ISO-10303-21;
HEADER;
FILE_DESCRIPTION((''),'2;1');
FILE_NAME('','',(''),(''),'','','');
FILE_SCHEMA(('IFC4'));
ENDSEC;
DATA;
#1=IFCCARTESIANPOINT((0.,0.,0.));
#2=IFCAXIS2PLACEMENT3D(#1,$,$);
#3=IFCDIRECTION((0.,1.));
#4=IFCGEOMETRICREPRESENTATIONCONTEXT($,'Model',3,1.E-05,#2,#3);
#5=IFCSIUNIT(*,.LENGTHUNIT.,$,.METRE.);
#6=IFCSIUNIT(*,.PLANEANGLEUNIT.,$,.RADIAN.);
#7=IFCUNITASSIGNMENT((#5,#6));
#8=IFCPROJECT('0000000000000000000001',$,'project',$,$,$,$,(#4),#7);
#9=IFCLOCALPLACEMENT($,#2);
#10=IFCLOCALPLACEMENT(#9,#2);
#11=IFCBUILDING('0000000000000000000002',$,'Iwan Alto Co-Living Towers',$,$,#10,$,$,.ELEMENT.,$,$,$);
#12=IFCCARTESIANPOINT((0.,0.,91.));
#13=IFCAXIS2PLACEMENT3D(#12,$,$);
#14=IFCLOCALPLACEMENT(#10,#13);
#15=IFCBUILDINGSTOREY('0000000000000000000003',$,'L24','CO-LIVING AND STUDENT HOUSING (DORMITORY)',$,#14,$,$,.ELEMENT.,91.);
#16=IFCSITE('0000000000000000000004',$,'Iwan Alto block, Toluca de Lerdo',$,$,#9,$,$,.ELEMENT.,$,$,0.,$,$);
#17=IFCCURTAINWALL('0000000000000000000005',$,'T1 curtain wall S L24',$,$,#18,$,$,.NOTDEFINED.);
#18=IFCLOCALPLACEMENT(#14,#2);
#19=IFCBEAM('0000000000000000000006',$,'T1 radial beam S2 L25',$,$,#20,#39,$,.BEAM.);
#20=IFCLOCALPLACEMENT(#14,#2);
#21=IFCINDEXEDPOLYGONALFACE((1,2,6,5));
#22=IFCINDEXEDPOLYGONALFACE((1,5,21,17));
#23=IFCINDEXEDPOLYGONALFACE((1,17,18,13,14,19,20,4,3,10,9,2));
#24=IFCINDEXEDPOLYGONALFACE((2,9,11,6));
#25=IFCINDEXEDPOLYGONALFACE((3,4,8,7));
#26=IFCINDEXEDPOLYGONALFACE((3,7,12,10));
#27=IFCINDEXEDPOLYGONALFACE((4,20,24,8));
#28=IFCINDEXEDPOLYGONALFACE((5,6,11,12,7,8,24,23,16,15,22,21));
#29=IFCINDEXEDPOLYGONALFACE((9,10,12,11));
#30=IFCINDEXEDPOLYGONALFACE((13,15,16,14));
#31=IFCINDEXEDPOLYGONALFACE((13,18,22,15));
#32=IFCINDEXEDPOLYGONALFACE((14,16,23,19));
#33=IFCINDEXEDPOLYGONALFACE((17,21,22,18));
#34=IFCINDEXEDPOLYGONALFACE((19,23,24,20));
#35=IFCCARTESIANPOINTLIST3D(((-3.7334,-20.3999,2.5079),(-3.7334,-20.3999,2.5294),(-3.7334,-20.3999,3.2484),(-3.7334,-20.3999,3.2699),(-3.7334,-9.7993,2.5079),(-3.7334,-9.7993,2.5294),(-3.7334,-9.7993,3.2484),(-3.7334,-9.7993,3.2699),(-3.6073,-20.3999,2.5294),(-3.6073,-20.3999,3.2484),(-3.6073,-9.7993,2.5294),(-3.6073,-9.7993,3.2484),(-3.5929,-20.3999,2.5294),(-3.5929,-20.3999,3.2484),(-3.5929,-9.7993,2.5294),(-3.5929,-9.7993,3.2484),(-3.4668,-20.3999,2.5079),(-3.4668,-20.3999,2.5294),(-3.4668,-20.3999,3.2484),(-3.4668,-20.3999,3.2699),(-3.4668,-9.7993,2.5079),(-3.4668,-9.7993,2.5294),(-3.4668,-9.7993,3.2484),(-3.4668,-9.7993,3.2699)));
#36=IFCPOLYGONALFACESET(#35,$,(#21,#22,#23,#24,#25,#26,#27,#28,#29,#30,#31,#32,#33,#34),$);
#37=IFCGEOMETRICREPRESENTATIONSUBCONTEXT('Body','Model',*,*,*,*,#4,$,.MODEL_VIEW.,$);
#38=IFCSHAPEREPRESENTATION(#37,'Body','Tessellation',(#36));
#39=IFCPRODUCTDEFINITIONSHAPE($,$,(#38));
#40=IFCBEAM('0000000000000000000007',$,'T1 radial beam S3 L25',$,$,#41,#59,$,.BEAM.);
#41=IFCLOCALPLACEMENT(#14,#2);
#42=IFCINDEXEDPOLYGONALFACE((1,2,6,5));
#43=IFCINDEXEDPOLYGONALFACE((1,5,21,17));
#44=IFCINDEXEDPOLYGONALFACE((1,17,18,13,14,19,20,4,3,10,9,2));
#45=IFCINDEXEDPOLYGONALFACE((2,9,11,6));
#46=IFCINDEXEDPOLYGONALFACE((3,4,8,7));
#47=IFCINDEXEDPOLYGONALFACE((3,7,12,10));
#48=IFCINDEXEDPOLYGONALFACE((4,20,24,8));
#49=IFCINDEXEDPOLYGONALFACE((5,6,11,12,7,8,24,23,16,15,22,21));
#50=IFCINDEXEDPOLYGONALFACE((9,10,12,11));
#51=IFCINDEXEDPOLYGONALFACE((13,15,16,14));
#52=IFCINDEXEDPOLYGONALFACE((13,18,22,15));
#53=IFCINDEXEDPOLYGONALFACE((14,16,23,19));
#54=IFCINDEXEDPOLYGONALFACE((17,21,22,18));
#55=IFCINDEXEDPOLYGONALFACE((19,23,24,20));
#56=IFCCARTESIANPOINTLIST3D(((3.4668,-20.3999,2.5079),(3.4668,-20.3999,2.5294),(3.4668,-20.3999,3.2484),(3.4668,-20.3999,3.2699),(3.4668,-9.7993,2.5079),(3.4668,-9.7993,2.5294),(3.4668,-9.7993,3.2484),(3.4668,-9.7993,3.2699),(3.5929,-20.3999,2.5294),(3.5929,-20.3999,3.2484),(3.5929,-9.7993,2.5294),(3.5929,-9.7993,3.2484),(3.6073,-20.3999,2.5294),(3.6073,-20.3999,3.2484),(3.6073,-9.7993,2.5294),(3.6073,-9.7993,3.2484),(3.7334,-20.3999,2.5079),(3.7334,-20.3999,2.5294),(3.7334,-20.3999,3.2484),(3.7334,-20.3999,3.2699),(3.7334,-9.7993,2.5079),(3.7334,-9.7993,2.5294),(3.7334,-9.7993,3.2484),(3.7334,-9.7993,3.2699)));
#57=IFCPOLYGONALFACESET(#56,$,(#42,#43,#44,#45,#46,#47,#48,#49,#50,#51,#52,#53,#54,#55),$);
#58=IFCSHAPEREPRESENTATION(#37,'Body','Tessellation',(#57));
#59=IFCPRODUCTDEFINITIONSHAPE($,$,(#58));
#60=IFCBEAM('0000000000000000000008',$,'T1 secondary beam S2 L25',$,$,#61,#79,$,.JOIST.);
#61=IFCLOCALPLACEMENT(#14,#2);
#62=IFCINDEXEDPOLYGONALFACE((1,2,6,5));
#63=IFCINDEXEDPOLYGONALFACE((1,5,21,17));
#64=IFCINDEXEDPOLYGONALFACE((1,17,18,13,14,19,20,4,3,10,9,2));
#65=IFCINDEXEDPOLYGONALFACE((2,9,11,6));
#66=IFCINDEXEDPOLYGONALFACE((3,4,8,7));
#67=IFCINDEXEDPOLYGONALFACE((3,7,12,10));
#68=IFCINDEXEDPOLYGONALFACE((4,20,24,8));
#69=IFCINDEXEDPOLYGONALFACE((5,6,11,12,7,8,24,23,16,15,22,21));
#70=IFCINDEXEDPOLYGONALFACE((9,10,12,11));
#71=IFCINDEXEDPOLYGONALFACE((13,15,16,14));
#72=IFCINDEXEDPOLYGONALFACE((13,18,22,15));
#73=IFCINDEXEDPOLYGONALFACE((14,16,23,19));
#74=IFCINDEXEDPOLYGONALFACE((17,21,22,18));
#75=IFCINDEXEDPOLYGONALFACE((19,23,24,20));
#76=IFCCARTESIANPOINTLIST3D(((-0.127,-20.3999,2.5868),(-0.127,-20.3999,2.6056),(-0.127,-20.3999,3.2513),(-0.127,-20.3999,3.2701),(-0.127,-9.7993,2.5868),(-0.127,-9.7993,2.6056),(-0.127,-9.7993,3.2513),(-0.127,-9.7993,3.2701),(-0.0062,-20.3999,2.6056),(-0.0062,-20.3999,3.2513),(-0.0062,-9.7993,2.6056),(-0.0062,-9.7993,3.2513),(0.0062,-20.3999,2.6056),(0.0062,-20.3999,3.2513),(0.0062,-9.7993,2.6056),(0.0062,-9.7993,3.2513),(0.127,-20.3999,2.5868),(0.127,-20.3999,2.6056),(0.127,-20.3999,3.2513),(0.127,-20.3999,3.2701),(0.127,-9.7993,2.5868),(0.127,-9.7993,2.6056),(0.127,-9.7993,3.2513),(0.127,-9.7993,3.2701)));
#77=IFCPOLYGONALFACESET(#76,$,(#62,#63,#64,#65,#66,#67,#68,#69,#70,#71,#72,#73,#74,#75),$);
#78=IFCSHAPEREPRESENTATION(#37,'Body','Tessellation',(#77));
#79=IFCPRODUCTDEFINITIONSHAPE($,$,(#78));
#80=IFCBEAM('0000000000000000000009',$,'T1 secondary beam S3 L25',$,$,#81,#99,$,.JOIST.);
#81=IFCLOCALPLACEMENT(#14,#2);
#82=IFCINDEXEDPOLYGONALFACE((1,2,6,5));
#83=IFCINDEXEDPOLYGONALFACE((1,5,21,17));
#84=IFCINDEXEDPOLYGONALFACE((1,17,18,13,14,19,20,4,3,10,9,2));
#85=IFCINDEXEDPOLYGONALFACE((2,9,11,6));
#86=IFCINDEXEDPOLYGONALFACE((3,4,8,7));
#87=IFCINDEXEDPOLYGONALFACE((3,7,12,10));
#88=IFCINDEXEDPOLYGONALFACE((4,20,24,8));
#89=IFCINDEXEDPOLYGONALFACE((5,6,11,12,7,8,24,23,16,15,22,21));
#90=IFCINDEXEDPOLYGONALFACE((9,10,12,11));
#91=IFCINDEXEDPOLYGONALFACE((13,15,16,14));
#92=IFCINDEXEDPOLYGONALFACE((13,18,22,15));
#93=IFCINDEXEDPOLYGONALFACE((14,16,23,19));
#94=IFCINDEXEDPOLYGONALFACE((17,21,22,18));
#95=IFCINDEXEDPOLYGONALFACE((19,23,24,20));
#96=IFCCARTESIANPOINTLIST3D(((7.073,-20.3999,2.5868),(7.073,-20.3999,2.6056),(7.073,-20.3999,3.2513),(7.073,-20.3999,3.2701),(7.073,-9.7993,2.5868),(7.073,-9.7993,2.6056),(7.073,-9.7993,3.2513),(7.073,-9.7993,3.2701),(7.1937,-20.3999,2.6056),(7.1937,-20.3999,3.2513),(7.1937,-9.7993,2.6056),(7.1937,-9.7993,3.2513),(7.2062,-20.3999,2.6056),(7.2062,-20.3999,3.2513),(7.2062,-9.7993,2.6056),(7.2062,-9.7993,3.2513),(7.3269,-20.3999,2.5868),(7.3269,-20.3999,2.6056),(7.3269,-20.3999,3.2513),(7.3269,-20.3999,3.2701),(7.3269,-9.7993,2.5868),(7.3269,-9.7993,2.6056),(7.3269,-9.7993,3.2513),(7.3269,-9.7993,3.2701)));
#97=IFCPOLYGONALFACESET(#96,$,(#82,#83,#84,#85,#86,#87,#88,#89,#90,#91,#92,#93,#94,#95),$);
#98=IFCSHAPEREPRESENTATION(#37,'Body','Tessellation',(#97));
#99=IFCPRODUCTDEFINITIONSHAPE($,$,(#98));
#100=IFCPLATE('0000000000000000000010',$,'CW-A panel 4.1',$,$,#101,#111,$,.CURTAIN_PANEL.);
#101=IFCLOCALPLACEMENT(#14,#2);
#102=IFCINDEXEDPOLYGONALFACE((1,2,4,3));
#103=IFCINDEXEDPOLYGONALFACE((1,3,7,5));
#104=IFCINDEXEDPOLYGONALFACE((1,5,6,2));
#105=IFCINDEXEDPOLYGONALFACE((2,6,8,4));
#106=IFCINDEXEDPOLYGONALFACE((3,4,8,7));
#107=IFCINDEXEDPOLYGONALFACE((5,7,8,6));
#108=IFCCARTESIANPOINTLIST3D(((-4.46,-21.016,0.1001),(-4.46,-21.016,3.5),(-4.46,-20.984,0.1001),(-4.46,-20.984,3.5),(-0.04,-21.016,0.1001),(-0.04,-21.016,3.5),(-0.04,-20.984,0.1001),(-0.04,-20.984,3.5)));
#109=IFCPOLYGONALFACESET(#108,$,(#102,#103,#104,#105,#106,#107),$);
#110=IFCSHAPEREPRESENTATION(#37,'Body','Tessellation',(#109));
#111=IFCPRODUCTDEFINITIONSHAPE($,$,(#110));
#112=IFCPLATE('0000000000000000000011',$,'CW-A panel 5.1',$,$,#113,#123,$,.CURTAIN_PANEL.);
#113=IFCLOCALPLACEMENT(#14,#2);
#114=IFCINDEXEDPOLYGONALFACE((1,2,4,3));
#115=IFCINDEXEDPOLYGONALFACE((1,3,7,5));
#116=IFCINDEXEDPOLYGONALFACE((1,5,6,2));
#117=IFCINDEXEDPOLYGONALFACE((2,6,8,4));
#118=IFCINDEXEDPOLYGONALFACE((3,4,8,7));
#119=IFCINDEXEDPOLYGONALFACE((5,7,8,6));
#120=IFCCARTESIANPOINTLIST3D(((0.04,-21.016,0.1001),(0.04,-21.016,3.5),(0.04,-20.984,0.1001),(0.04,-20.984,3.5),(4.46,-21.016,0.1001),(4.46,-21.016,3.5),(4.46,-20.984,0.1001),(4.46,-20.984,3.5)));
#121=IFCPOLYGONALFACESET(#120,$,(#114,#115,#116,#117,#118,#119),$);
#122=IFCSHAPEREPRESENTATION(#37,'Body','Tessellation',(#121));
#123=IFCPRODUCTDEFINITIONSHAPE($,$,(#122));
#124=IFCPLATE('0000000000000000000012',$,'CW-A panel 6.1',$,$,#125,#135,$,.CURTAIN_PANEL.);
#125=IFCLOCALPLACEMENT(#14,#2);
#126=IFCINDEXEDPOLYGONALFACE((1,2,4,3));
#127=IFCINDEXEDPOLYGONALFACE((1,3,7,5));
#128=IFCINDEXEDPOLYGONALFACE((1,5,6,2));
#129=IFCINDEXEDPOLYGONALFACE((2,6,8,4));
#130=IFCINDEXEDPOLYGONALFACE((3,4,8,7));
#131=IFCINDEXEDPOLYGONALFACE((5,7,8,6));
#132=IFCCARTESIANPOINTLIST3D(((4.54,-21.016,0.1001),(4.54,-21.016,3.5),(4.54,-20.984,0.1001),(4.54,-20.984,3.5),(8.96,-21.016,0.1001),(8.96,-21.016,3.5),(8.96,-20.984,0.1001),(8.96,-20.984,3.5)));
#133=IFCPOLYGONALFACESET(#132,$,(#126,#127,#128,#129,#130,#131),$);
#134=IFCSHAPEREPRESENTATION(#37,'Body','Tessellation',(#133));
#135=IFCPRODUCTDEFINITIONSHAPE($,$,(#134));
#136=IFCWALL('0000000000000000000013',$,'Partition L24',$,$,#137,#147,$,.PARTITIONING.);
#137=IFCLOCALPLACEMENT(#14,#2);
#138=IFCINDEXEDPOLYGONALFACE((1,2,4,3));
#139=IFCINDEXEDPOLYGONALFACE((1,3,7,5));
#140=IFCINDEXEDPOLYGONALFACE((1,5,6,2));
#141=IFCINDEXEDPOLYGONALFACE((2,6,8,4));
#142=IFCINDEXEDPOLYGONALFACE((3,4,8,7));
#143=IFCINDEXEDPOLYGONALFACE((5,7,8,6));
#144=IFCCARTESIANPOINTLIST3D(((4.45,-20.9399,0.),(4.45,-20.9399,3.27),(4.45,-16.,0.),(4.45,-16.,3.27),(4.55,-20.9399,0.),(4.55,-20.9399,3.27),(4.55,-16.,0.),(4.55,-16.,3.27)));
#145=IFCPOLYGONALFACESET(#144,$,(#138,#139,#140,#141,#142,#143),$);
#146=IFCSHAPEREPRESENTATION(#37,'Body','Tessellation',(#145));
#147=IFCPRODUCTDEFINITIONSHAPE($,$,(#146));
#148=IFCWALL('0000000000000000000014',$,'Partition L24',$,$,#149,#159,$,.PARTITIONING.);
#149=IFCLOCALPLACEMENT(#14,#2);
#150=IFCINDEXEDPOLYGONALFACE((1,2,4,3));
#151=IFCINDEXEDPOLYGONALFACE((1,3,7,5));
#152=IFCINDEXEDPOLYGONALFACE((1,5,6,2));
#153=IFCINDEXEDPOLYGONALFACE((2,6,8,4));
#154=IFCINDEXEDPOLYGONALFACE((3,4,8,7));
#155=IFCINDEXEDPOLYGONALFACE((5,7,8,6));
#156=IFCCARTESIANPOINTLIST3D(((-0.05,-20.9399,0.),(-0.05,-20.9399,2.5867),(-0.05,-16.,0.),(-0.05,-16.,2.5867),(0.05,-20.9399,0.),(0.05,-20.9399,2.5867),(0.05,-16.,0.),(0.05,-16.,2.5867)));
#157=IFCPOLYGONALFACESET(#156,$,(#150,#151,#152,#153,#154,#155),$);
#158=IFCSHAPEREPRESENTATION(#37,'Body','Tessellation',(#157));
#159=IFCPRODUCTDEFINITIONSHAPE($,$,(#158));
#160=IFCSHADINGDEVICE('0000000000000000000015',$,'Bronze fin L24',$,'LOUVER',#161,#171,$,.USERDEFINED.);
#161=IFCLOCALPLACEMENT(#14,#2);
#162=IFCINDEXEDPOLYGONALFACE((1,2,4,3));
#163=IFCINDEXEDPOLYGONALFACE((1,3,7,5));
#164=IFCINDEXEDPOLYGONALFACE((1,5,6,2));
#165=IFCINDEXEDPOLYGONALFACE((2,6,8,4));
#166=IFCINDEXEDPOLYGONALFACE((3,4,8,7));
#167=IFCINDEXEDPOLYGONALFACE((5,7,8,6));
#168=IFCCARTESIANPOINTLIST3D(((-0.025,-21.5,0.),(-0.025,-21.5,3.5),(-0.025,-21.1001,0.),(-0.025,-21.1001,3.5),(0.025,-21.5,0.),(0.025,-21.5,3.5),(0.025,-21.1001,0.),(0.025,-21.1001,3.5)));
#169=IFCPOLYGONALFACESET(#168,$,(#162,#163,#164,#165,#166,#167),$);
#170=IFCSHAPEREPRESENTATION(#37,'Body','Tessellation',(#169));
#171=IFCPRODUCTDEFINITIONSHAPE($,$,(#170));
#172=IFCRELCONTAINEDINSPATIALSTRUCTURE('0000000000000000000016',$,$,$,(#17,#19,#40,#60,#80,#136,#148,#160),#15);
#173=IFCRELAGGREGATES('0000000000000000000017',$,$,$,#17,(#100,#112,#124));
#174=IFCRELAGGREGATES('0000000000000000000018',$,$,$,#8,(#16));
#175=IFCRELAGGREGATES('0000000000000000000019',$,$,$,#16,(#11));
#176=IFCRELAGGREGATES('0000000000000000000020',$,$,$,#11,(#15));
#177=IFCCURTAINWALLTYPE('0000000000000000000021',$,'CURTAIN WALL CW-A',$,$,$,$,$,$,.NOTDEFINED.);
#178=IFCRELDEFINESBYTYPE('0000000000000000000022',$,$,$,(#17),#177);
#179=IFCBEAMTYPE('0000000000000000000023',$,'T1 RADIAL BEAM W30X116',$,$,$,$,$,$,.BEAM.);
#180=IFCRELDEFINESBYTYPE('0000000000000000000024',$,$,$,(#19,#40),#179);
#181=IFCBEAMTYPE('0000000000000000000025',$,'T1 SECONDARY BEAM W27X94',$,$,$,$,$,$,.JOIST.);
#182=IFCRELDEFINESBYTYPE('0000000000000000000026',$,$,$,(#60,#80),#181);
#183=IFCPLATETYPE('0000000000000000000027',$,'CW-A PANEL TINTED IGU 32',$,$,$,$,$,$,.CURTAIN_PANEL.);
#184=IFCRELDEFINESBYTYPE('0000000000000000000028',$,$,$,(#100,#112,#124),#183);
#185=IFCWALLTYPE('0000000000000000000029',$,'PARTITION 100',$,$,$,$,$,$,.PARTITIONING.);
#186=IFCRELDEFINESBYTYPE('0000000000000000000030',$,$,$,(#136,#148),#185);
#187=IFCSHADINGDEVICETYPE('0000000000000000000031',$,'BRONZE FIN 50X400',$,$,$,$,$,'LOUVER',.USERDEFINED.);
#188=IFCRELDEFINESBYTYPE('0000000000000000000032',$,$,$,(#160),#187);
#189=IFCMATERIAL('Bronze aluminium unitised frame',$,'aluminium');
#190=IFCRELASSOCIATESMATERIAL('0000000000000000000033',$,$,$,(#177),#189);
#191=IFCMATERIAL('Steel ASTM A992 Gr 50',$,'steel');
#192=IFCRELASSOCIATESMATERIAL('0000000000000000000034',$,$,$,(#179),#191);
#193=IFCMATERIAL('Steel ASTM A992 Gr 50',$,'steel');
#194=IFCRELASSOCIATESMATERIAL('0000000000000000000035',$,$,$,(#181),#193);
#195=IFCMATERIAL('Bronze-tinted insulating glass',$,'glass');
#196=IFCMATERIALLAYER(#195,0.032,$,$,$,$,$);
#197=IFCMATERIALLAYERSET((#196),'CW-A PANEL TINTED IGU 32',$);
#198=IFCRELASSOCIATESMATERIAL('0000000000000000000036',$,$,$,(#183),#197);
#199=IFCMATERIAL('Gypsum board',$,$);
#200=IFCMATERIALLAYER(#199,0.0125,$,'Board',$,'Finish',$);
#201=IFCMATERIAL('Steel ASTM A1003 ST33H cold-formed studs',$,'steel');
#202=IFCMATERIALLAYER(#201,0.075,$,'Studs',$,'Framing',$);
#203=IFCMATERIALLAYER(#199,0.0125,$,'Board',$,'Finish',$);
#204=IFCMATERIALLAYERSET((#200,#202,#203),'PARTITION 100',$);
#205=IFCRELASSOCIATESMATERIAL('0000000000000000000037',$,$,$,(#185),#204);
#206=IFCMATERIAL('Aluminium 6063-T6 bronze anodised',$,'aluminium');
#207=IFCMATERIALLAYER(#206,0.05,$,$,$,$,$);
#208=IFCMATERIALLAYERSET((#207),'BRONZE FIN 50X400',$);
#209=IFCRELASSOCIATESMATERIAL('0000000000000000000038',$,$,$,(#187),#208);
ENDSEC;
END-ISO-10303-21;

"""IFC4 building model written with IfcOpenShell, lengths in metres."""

from ifc_helpers import new_model, si_unit, direction, frame, frame_2d, origin, origin_2d, place, context, subcontext, project, spatial, rectangle, i_section, extrude, material, layer, layer_set, material_profile, profile_set, type_object, element, aggregate, save


model = new_model("IFC4")

# Units and contexts
model_context = context("Model", 3, precision=1e-05, world=origin(), true_north=direction((0.0, 1.0)))
body_context = subcontext(model_context, "Body", "Model", "MODEL_VIEW")
ifc_project = project(units=[si_unit("LENGTHUNIT", "METRE"), si_unit("PLANEANGLEUNIT", "RADIAN")], contexts=[model_context])

# Site, building, storey
site_placement = place(None, origin())
site = spatial("IfcSite", under=ifc_project, at=site_placement, Name="Iwan Alto block, Toluca de Lerdo", CompositionType="ELEMENT", RefElevation=0.0)
building_placement = place(site_placement, origin())
building = spatial("IfcBuilding", under=site, at=building_placement, Name="Iwan Alto Co-Living Towers", CompositionType="ELEMENT")
storey_placement = place(building_placement, frame((0.0, 0.0, 91.0)))
storey = spatial("IfcBuildingStorey", under=building, at=storey_placement, Name="L24", Description="CO-LIVING AND STUDENT HOUSING (DORMITORY)", CompositionType="ELEMENT", Elevation=91.0)

# Curtain wall
ifc_material_1 = material(Name="Bronze aluminium unitised frame", Category="aluminium")
curtain_wall_type = type_object("IfcCurtainWallType", Name="CURTAIN WALL CW-A", PredefinedType="NOTDEFINED", material=ifc_material_1)
curtain_wall_placement = place(storey_placement, origin())
curtain_wall = element("IfcCurtainWall", 1, at=curtain_wall_placement, inside=storey, type_object=curtain_wall_type, Name="T1 curtain wall S L24", PredefinedType="NOTDEFINED")

# Beams
ifc_material_2 = material(Name="Steel ASTM A992 Gr 50", Category="steel")
ifc_material_profile_1 = material_profile(ifc_material_2, i_section(OverallWidth=0.2666, OverallDepth=0.762, WebThickness=0.0144, FlangeThickness=0.0215, at=origin_2d()), Name="W30X116")
ifc_profile_set_1 = profile_set([ifc_material_profile_1], Name="Steel ASTM A992 Gr 50")
beam_type_1 = type_object("IfcBeamType", Name="T1 RADIAL BEAM W30X116", PredefinedType="BEAM", material=ifc_profile_set_1)
for number, where, z_axis, x_axis, name in (
    (2, (-3.6001, -20.3999, 2.8889), (0.0, 1.0, 0.0), (-1.0, 0.0, 0.0), "T1 radial beam S2 L25"),
    (3, (3.6001, -20.3999, 2.8889), (0.0, 1.0, 0.0), (-1.0, 0.0, 0.0), "T1 radial beam S3 L25"),
):
    element("IfcBeam", number, at=place(storey_placement, frame(where, z_axis=z_axis, x_axis=x_axis)), inside=storey, type_object=beam_type_1, Name=name, PredefinedType="BEAM", context=body_context, shape_type="SweptSolid", body=[
        extrude(i_section(OverallWidth=0.2666, OverallDepth=0.762, WebThickness=0.0144, FlangeThickness=0.0215, at=origin_2d()), origin(), (0.0, 0.0, 1.0), 10.6006),
    ])
ifc_material_3 = material(Name="Steel ASTM A992 Gr 50", Category="steel")
ifc_material_profile_2 = material_profile(ifc_material_3, i_section(OverallWidth=0.2539, OverallDepth=0.6833, WebThickness=0.0125, FlangeThickness=0.0188, at=origin_2d()), Name="W27X94")
ifc_profile_set_2 = profile_set([ifc_material_profile_2], Name="Steel ASTM A992 Gr 50")
beam_type_2 = type_object("IfcBeamType", Name="T1 SECONDARY BEAM W27X94", PredefinedType="JOIST", material=ifc_profile_set_2)
for number, where, z_axis, x_axis, name in (
    (4, (0.0, -20.3999, 2.9285), (0.0, 1.0, 0.0), (-1.0, 0.0, 0.0), "T1 secondary beam S2 L25"),
    (5, (7.2, -20.3999, 2.9285), (0.0, 1.0, 0.0), (-1.0, 0.0, 0.0), "T1 secondary beam S3 L25"),
):
    element("IfcBeam", number, at=place(storey_placement, frame(where, z_axis=z_axis, x_axis=x_axis)), inside=storey, type_object=beam_type_2, Name=name, PredefinedType="JOIST", context=body_context, shape_type="SweptSolid", body=[
        extrude(i_section(OverallWidth=0.2539, OverallDepth=0.6833, WebThickness=0.0125, FlangeThickness=0.0188, at=origin_2d()), origin(), (0.0, 0.0, 1.0), 10.6006),
    ])

# Plates
ifc_material_4 = material(Name="Bronze-tinted insulating glass", Category="glass")
ifc_layer_1 = layer(ifc_material_4, 0.032)
ifc_layer_set_1 = layer_set([ifc_layer_1], Name="CW-A PANEL TINTED IGU 32")
plate_type = type_object("IfcPlateType", Name="CW-A PANEL TINTED IGU 32", PredefinedType="CURTAIN_PANEL", material=ifc_layer_set_1)
plate_1_placement = place(storey_placement, frame((-2.25, -21.0, 0.1001), z_axis=(0.0, 0.0, 1.0), x_axis=(1.0, 0.0, 0.0)))
plate_1 = element("IfcPlate", 6, at=plate_1_placement, type_object=plate_type, Name="CW-A panel 4.1", PredefinedType="CURTAIN_PANEL", context=body_context, shape_type="SweptSolid", body=[
    extrude(rectangle(XDim=4.4199, YDim=0.032, at=origin_2d()), origin(), (0.0, 0.0, 1.0), 3.3999),
])
plate_2_placement = place(storey_placement, frame((2.25, -21.0, 0.1001), z_axis=(0.0, 0.0, 1.0), x_axis=(1.0, 0.0, 0.0)))
plate_2 = element("IfcPlate", 7, at=plate_2_placement, type_object=plate_type, Name="CW-A panel 5.1", PredefinedType="CURTAIN_PANEL", context=body_context, shape_type="SweptSolid", body=[
    extrude(rectangle(XDim=4.4199, YDim=0.032, at=origin_2d()), origin(), (0.0, 0.0, 1.0), 3.3999),
])
plate_3_placement = place(storey_placement, frame((6.75, -21.0, 0.1001), z_axis=(0.0, 0.0, 1.0), x_axis=(1.0, 0.0, 0.0)))
plate_3 = element("IfcPlate", 8, at=plate_3_placement, type_object=plate_type, Name="CW-A panel 6.1", PredefinedType="CURTAIN_PANEL", context=body_context, shape_type="SweptSolid", body=[
    extrude(rectangle(XDim=4.4199, YDim=0.032, at=origin_2d()), origin(), (0.0, 0.0, 1.0), 3.3999),
])
aggregate(curtain_wall, [plate_1, plate_2, plate_3])

# Walls
ifc_material_5 = material(Name="Gypsum board")
ifc_layer_2 = layer(ifc_material_5, 0.0125, Name="Board", Category="Finish")
ifc_material_6 = material(Name="Steel ASTM A1003 ST33H cold-formed studs", Category="steel")
ifc_layer_3 = layer(ifc_material_6, 0.075, Name="Studs", Category="Framing")
ifc_layer_4 = layer(ifc_material_5, 0.0125, Name="Board", Category="Finish")
ifc_layer_set_2 = layer_set([ifc_layer_2, ifc_layer_3, ifc_layer_4], Name="PARTITION 100")
wall_type = type_object("IfcWallType", Name="PARTITION 100", PredefinedType="PARTITIONING", material=ifc_layer_set_2)
wall_1_placement = place(storey_placement, frame((4.5, -20.9399, 0.0), z_axis=(0.0, 0.0, 1.0), x_axis=(0.0, 1.0, 0.0)))
element("IfcWall", 9, at=wall_1_placement, inside=storey, type_object=wall_type, Name="Partition L24", PredefinedType="PARTITIONING", context=body_context, shape_type="SweptSolid", body=[
    extrude(rectangle(XDim=4.9399, YDim=0.1001, at=frame_2d((2.47, 0.0))), origin(), (0.0, 0.0, 1.0), 3.27),
])
wall_2_placement = place(storey_placement, frame((0.0, -20.9399, 0.0), z_axis=(0.0, 0.0, 1.0), x_axis=(0.0, 1.0, 0.0)))
element("IfcWall", 10, at=wall_2_placement, inside=storey, type_object=wall_type, Name="Partition L24", PredefinedType="PARTITIONING", context=body_context, shape_type="SweptSolid", body=[
    extrude(rectangle(XDim=4.9399, YDim=0.1001, at=frame_2d((2.47, 0.0))), origin(), (0.0, 0.0, 1.0), 2.5867),
])

# Shading device
ifc_material_7 = material(Name="Aluminium 6063-T6 bronze anodised", Category="aluminium")
ifc_layer_5 = layer(ifc_material_7, 0.05)
ifc_layer_set_3 = layer_set([ifc_layer_5], Name="BRONZE FIN 50X400")
shading_device_type = type_object("IfcShadingDeviceType", Name="BRONZE FIN 50X400", ElementType="LOUVER", PredefinedType="USERDEFINED", material=ifc_layer_set_3)
shading_device_placement = place(storey_placement, frame((0.0, -21.3, 0.0), z_axis=(0.0, 0.0, 1.0), x_axis=(1.0, 0.0, 0.0)))
element("IfcShadingDevice", 11, at=shading_device_placement, inside=storey, type_object=shading_device_type, Name="Bronze fin L24", ObjectType="LOUVER", PredefinedType="USERDEFINED", context=body_context, shape_type="SweptSolid", body=[
    extrude(rectangle(XDim=0.05, YDim=0.3999, at=origin_2d()), origin(), (0.0, 0.0, 1.0), 3.5),
])

save(model, "model.ifc")
